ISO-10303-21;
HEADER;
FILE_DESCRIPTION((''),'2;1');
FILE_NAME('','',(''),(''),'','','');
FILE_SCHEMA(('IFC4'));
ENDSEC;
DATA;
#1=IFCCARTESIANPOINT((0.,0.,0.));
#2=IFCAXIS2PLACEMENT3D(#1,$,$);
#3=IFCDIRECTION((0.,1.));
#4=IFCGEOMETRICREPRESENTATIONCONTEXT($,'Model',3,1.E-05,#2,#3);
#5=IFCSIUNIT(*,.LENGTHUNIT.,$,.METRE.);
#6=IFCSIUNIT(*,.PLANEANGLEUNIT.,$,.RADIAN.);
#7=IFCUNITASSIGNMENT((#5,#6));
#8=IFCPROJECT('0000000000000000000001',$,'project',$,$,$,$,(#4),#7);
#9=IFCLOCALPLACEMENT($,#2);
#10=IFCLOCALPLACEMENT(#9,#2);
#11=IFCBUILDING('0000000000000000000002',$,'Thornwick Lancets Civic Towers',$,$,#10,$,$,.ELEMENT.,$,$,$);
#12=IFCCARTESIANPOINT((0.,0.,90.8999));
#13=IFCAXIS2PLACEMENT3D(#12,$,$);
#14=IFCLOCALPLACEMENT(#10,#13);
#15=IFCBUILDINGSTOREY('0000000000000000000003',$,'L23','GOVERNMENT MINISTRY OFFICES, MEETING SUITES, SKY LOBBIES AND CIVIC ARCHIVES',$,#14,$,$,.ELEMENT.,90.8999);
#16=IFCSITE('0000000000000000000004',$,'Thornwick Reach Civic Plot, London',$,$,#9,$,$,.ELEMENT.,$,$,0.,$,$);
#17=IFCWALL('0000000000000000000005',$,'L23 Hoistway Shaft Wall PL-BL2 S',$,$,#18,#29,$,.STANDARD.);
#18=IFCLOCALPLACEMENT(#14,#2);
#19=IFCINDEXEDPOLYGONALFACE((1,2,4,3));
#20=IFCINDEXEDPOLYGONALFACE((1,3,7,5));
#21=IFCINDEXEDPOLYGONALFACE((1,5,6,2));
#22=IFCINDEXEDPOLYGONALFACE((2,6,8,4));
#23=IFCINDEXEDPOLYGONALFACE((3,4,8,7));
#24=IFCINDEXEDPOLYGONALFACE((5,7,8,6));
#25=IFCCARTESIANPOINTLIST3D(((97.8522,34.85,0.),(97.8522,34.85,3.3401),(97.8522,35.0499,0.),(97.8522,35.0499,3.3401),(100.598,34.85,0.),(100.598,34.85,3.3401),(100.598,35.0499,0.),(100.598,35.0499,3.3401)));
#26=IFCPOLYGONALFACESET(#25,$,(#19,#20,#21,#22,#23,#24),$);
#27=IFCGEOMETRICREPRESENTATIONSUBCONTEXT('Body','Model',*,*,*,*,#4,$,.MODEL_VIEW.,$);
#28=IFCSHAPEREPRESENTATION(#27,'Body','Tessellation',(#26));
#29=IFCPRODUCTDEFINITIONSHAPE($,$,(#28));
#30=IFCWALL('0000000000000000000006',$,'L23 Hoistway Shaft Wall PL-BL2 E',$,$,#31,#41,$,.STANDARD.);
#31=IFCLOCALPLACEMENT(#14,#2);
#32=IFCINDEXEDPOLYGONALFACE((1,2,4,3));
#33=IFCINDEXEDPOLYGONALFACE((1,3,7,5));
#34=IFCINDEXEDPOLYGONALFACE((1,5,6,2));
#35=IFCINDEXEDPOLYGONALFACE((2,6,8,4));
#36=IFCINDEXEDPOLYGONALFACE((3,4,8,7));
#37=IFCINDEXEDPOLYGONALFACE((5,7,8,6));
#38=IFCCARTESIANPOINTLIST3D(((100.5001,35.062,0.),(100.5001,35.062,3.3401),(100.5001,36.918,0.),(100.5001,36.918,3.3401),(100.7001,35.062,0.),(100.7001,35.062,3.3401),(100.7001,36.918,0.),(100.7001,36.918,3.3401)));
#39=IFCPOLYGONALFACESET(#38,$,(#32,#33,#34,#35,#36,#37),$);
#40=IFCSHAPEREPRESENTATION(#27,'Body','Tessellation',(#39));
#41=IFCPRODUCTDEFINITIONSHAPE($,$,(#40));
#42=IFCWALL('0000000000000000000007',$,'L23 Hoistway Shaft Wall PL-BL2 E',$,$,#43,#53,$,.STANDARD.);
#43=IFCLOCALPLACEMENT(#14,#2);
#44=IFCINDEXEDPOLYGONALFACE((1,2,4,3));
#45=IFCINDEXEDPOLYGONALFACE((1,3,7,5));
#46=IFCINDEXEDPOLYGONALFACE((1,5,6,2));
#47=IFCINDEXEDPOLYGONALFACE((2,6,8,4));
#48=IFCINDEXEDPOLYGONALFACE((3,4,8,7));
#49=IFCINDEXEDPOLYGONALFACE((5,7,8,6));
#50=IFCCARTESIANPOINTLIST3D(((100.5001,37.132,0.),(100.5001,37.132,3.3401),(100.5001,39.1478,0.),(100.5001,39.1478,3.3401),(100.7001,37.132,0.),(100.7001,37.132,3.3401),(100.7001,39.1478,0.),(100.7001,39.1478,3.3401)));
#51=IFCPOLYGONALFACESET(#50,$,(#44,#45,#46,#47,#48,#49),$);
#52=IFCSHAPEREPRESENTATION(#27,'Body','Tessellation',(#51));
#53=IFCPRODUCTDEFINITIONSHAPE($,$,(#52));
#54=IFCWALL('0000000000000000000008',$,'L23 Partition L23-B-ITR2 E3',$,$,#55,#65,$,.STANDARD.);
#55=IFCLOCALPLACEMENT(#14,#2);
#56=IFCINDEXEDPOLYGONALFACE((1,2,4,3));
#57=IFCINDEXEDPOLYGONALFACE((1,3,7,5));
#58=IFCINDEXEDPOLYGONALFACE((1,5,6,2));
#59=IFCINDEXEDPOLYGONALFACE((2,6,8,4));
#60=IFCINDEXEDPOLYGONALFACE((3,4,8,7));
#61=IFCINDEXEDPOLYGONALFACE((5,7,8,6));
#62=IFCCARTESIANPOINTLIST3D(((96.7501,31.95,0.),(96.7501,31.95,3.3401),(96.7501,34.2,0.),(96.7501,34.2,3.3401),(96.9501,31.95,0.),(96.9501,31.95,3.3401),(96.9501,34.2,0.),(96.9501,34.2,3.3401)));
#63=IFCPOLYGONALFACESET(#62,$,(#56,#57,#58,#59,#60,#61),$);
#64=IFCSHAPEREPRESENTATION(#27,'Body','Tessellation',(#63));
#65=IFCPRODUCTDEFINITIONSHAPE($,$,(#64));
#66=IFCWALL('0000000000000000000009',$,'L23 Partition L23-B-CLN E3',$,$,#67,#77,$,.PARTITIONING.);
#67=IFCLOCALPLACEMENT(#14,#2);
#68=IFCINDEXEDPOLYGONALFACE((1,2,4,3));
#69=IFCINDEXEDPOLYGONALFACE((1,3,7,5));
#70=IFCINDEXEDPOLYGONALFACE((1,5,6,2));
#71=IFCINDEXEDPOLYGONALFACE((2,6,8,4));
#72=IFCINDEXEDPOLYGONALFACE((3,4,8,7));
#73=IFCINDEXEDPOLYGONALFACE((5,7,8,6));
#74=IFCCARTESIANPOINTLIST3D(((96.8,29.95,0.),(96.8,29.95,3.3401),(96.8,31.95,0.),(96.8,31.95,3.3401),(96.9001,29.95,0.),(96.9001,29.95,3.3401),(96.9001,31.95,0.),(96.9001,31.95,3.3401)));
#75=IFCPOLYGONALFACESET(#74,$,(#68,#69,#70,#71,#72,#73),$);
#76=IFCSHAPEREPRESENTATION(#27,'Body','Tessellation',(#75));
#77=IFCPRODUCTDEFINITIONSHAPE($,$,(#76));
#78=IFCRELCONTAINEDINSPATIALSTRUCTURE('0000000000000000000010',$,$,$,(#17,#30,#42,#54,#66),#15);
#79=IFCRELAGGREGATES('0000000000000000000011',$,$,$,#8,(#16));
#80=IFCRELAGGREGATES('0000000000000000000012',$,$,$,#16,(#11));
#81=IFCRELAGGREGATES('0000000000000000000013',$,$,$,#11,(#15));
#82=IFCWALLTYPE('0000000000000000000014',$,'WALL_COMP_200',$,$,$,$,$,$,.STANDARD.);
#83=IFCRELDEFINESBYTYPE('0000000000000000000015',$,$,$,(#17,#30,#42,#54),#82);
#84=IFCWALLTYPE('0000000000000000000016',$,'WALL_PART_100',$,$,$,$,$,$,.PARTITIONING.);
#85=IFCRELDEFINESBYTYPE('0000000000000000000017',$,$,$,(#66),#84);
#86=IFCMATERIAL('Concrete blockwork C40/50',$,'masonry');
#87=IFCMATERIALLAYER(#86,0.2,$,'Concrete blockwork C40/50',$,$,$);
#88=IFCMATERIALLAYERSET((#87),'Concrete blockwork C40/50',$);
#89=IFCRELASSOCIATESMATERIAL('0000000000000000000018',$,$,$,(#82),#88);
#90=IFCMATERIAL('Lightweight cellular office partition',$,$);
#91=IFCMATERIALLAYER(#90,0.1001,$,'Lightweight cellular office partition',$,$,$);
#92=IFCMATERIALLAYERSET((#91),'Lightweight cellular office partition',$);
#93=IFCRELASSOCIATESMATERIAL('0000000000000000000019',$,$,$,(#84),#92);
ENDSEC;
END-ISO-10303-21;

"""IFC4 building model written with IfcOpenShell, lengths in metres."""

from ifc_helpers import new_model, si_unit, direction, frame, frame_2d, origin, place, context, subcontext, project, spatial, rectangle, extrude, material, layer, layer_set, type_object, element, save


model = new_model("IFC4")

# Units and contexts
model_context = context("Model", 3, precision=1e-05, world=origin(), true_north=direction((0.0, 1.0)))
body_context = subcontext(model_context, "Body", "Model", "MODEL_VIEW")
ifc_project = project(units=[si_unit("LENGTHUNIT", "METRE"), si_unit("PLANEANGLEUNIT", "RADIAN")], contexts=[model_context])

# Site, building, storey
site_placement = place(None, origin())
site = spatial("IfcSite", under=ifc_project, at=site_placement, Name="Thornwick Reach Civic Plot, London", CompositionType="ELEMENT", RefElevation=0.0)
building_placement = place(site_placement, origin())
building = spatial("IfcBuilding", under=site, at=building_placement, Name="Thornwick Lancets Civic Towers", CompositionType="ELEMENT")
storey_placement = place(building_placement, frame((0.0, 0.0, 90.8999)))
storey = spatial("IfcBuildingStorey", under=building, at=storey_placement, Name="L23", Description="GOVERNMENT MINISTRY OFFICES, MEETING SUITES, SKY LOBBIES AND CIVIC ARCHIVES", CompositionType="ELEMENT", Elevation=90.8999)

# Shared definitions
ifc_material_1 = material(Name="Concrete blockwork C40/50", Category="masonry")
ifc_layer_1 = layer(ifc_material_1, 0.2, Name="Concrete blockwork C40/50")
ifc_layer_set_1 = layer_set([ifc_layer_1], Name="Concrete blockwork C40/50")
wall_type_1 = type_object("IfcWallType", Name="WALL_COMP_200", PredefinedType="STANDARD", material=ifc_layer_set_1)

# Walls
for number, where, z_axis, x_axis, name in (
    (1, (97.8521, 34.95, 0.0), (0.0, 0.0, 1.0), (1.0, 0.0, 0.0), "L23 Hoistway Shaft Wall PL-BL2 S"),
):
    element("IfcWall", number, at=place(storey_placement, frame(where, z_axis=z_axis, x_axis=x_axis)), inside=storey, type_object=wall_type_1, Name=name, PredefinedType="STANDARD", context=body_context, shape_type="SweptSolid", body=[
        extrude(rectangle(XDim=2.7458, YDim=0.2, at=frame_2d((1.373, 0.0))), origin(), (0.0, 0.0, 1.0), 3.3401),
    ])
wall_1_placement = place(storey_placement, frame((100.6001, 35.062, 0.0), z_axis=(0.0, 0.0, 1.0), x_axis=(0.0, 1.0, 0.0)))
element("IfcWall", 2, at=wall_1_placement, inside=storey, type_object=wall_type_1, Name="L23 Hoistway Shaft Wall PL-BL2 E", PredefinedType="STANDARD", context=body_context, shape_type="SweptSolid", body=[
    extrude(rectangle(XDim=1.856, YDim=0.2, at=frame_2d((0.928, 0.0))), origin(), (0.0, 0.0, 1.0), 3.3401),
])
wall_2_placement = place(storey_placement, frame((100.6001, 37.1321, 0.0), z_axis=(0.0, 0.0, 1.0), x_axis=(0.0, 1.0, 0.0)))
element("IfcWall", 3, at=wall_2_placement, inside=storey, type_object=wall_type_1, Name="L23 Hoistway Shaft Wall PL-BL2 E", PredefinedType="STANDARD", context=body_context, shape_type="SweptSolid", body=[
    extrude(rectangle(XDim=2.0159, YDim=0.2, at=frame_2d((1.0078, 0.0))), origin(), (0.0, 0.0, 1.0), 3.3401),
])
wall_3_placement = place(storey_placement, frame((96.8501, 34.2, 0.0), z_axis=(0.0, 0.0, 1.0), x_axis=(0.0, -1.0, 0.0)))
element("IfcWall", 4, at=wall_3_placement, inside=storey, type_object=wall_type_1, Name="L23 Partition L23-B-ITR2 E3", PredefinedType="STANDARD", context=body_context, shape_type="SweptSolid", body=[
    extrude(rectangle(XDim=2.25, YDim=0.2, at=frame_2d((1.125, 0.0))), origin(), (0.0, 0.0, 1.0), 3.3401),
])
ifc_material_2 = material(Name="Lightweight cellular office partition")
ifc_layer_2 = layer(ifc_material_2, 0.1001, Name="Lightweight cellular office partition")
ifc_layer_set_2 = layer_set([ifc_layer_2], Name="Lightweight cellular office partition")
wall_type_2 = type_object("IfcWallType", Name="WALL_PART_100", PredefinedType="PARTITIONING", material=ifc_layer_set_2)
wall_4_placement = place(storey_placement, frame((96.8501, 31.95, 0.0), z_axis=(0.0, 0.0, 1.0), x_axis=(0.0, -1.0, 0.0)))
element("IfcWall", 5, at=wall_4_placement, inside=storey, type_object=wall_type_2, Name="L23 Partition L23-B-CLN E3", PredefinedType="PARTITIONING", context=body_context, shape_type="SweptSolid", body=[
    extrude(rectangle(XDim=2.0, YDim=0.1001, at=frame_2d((1.0, 0.0))), origin(), (0.0, 0.0, 1.0), 3.3401),
])

save(model, "model.ifc")
